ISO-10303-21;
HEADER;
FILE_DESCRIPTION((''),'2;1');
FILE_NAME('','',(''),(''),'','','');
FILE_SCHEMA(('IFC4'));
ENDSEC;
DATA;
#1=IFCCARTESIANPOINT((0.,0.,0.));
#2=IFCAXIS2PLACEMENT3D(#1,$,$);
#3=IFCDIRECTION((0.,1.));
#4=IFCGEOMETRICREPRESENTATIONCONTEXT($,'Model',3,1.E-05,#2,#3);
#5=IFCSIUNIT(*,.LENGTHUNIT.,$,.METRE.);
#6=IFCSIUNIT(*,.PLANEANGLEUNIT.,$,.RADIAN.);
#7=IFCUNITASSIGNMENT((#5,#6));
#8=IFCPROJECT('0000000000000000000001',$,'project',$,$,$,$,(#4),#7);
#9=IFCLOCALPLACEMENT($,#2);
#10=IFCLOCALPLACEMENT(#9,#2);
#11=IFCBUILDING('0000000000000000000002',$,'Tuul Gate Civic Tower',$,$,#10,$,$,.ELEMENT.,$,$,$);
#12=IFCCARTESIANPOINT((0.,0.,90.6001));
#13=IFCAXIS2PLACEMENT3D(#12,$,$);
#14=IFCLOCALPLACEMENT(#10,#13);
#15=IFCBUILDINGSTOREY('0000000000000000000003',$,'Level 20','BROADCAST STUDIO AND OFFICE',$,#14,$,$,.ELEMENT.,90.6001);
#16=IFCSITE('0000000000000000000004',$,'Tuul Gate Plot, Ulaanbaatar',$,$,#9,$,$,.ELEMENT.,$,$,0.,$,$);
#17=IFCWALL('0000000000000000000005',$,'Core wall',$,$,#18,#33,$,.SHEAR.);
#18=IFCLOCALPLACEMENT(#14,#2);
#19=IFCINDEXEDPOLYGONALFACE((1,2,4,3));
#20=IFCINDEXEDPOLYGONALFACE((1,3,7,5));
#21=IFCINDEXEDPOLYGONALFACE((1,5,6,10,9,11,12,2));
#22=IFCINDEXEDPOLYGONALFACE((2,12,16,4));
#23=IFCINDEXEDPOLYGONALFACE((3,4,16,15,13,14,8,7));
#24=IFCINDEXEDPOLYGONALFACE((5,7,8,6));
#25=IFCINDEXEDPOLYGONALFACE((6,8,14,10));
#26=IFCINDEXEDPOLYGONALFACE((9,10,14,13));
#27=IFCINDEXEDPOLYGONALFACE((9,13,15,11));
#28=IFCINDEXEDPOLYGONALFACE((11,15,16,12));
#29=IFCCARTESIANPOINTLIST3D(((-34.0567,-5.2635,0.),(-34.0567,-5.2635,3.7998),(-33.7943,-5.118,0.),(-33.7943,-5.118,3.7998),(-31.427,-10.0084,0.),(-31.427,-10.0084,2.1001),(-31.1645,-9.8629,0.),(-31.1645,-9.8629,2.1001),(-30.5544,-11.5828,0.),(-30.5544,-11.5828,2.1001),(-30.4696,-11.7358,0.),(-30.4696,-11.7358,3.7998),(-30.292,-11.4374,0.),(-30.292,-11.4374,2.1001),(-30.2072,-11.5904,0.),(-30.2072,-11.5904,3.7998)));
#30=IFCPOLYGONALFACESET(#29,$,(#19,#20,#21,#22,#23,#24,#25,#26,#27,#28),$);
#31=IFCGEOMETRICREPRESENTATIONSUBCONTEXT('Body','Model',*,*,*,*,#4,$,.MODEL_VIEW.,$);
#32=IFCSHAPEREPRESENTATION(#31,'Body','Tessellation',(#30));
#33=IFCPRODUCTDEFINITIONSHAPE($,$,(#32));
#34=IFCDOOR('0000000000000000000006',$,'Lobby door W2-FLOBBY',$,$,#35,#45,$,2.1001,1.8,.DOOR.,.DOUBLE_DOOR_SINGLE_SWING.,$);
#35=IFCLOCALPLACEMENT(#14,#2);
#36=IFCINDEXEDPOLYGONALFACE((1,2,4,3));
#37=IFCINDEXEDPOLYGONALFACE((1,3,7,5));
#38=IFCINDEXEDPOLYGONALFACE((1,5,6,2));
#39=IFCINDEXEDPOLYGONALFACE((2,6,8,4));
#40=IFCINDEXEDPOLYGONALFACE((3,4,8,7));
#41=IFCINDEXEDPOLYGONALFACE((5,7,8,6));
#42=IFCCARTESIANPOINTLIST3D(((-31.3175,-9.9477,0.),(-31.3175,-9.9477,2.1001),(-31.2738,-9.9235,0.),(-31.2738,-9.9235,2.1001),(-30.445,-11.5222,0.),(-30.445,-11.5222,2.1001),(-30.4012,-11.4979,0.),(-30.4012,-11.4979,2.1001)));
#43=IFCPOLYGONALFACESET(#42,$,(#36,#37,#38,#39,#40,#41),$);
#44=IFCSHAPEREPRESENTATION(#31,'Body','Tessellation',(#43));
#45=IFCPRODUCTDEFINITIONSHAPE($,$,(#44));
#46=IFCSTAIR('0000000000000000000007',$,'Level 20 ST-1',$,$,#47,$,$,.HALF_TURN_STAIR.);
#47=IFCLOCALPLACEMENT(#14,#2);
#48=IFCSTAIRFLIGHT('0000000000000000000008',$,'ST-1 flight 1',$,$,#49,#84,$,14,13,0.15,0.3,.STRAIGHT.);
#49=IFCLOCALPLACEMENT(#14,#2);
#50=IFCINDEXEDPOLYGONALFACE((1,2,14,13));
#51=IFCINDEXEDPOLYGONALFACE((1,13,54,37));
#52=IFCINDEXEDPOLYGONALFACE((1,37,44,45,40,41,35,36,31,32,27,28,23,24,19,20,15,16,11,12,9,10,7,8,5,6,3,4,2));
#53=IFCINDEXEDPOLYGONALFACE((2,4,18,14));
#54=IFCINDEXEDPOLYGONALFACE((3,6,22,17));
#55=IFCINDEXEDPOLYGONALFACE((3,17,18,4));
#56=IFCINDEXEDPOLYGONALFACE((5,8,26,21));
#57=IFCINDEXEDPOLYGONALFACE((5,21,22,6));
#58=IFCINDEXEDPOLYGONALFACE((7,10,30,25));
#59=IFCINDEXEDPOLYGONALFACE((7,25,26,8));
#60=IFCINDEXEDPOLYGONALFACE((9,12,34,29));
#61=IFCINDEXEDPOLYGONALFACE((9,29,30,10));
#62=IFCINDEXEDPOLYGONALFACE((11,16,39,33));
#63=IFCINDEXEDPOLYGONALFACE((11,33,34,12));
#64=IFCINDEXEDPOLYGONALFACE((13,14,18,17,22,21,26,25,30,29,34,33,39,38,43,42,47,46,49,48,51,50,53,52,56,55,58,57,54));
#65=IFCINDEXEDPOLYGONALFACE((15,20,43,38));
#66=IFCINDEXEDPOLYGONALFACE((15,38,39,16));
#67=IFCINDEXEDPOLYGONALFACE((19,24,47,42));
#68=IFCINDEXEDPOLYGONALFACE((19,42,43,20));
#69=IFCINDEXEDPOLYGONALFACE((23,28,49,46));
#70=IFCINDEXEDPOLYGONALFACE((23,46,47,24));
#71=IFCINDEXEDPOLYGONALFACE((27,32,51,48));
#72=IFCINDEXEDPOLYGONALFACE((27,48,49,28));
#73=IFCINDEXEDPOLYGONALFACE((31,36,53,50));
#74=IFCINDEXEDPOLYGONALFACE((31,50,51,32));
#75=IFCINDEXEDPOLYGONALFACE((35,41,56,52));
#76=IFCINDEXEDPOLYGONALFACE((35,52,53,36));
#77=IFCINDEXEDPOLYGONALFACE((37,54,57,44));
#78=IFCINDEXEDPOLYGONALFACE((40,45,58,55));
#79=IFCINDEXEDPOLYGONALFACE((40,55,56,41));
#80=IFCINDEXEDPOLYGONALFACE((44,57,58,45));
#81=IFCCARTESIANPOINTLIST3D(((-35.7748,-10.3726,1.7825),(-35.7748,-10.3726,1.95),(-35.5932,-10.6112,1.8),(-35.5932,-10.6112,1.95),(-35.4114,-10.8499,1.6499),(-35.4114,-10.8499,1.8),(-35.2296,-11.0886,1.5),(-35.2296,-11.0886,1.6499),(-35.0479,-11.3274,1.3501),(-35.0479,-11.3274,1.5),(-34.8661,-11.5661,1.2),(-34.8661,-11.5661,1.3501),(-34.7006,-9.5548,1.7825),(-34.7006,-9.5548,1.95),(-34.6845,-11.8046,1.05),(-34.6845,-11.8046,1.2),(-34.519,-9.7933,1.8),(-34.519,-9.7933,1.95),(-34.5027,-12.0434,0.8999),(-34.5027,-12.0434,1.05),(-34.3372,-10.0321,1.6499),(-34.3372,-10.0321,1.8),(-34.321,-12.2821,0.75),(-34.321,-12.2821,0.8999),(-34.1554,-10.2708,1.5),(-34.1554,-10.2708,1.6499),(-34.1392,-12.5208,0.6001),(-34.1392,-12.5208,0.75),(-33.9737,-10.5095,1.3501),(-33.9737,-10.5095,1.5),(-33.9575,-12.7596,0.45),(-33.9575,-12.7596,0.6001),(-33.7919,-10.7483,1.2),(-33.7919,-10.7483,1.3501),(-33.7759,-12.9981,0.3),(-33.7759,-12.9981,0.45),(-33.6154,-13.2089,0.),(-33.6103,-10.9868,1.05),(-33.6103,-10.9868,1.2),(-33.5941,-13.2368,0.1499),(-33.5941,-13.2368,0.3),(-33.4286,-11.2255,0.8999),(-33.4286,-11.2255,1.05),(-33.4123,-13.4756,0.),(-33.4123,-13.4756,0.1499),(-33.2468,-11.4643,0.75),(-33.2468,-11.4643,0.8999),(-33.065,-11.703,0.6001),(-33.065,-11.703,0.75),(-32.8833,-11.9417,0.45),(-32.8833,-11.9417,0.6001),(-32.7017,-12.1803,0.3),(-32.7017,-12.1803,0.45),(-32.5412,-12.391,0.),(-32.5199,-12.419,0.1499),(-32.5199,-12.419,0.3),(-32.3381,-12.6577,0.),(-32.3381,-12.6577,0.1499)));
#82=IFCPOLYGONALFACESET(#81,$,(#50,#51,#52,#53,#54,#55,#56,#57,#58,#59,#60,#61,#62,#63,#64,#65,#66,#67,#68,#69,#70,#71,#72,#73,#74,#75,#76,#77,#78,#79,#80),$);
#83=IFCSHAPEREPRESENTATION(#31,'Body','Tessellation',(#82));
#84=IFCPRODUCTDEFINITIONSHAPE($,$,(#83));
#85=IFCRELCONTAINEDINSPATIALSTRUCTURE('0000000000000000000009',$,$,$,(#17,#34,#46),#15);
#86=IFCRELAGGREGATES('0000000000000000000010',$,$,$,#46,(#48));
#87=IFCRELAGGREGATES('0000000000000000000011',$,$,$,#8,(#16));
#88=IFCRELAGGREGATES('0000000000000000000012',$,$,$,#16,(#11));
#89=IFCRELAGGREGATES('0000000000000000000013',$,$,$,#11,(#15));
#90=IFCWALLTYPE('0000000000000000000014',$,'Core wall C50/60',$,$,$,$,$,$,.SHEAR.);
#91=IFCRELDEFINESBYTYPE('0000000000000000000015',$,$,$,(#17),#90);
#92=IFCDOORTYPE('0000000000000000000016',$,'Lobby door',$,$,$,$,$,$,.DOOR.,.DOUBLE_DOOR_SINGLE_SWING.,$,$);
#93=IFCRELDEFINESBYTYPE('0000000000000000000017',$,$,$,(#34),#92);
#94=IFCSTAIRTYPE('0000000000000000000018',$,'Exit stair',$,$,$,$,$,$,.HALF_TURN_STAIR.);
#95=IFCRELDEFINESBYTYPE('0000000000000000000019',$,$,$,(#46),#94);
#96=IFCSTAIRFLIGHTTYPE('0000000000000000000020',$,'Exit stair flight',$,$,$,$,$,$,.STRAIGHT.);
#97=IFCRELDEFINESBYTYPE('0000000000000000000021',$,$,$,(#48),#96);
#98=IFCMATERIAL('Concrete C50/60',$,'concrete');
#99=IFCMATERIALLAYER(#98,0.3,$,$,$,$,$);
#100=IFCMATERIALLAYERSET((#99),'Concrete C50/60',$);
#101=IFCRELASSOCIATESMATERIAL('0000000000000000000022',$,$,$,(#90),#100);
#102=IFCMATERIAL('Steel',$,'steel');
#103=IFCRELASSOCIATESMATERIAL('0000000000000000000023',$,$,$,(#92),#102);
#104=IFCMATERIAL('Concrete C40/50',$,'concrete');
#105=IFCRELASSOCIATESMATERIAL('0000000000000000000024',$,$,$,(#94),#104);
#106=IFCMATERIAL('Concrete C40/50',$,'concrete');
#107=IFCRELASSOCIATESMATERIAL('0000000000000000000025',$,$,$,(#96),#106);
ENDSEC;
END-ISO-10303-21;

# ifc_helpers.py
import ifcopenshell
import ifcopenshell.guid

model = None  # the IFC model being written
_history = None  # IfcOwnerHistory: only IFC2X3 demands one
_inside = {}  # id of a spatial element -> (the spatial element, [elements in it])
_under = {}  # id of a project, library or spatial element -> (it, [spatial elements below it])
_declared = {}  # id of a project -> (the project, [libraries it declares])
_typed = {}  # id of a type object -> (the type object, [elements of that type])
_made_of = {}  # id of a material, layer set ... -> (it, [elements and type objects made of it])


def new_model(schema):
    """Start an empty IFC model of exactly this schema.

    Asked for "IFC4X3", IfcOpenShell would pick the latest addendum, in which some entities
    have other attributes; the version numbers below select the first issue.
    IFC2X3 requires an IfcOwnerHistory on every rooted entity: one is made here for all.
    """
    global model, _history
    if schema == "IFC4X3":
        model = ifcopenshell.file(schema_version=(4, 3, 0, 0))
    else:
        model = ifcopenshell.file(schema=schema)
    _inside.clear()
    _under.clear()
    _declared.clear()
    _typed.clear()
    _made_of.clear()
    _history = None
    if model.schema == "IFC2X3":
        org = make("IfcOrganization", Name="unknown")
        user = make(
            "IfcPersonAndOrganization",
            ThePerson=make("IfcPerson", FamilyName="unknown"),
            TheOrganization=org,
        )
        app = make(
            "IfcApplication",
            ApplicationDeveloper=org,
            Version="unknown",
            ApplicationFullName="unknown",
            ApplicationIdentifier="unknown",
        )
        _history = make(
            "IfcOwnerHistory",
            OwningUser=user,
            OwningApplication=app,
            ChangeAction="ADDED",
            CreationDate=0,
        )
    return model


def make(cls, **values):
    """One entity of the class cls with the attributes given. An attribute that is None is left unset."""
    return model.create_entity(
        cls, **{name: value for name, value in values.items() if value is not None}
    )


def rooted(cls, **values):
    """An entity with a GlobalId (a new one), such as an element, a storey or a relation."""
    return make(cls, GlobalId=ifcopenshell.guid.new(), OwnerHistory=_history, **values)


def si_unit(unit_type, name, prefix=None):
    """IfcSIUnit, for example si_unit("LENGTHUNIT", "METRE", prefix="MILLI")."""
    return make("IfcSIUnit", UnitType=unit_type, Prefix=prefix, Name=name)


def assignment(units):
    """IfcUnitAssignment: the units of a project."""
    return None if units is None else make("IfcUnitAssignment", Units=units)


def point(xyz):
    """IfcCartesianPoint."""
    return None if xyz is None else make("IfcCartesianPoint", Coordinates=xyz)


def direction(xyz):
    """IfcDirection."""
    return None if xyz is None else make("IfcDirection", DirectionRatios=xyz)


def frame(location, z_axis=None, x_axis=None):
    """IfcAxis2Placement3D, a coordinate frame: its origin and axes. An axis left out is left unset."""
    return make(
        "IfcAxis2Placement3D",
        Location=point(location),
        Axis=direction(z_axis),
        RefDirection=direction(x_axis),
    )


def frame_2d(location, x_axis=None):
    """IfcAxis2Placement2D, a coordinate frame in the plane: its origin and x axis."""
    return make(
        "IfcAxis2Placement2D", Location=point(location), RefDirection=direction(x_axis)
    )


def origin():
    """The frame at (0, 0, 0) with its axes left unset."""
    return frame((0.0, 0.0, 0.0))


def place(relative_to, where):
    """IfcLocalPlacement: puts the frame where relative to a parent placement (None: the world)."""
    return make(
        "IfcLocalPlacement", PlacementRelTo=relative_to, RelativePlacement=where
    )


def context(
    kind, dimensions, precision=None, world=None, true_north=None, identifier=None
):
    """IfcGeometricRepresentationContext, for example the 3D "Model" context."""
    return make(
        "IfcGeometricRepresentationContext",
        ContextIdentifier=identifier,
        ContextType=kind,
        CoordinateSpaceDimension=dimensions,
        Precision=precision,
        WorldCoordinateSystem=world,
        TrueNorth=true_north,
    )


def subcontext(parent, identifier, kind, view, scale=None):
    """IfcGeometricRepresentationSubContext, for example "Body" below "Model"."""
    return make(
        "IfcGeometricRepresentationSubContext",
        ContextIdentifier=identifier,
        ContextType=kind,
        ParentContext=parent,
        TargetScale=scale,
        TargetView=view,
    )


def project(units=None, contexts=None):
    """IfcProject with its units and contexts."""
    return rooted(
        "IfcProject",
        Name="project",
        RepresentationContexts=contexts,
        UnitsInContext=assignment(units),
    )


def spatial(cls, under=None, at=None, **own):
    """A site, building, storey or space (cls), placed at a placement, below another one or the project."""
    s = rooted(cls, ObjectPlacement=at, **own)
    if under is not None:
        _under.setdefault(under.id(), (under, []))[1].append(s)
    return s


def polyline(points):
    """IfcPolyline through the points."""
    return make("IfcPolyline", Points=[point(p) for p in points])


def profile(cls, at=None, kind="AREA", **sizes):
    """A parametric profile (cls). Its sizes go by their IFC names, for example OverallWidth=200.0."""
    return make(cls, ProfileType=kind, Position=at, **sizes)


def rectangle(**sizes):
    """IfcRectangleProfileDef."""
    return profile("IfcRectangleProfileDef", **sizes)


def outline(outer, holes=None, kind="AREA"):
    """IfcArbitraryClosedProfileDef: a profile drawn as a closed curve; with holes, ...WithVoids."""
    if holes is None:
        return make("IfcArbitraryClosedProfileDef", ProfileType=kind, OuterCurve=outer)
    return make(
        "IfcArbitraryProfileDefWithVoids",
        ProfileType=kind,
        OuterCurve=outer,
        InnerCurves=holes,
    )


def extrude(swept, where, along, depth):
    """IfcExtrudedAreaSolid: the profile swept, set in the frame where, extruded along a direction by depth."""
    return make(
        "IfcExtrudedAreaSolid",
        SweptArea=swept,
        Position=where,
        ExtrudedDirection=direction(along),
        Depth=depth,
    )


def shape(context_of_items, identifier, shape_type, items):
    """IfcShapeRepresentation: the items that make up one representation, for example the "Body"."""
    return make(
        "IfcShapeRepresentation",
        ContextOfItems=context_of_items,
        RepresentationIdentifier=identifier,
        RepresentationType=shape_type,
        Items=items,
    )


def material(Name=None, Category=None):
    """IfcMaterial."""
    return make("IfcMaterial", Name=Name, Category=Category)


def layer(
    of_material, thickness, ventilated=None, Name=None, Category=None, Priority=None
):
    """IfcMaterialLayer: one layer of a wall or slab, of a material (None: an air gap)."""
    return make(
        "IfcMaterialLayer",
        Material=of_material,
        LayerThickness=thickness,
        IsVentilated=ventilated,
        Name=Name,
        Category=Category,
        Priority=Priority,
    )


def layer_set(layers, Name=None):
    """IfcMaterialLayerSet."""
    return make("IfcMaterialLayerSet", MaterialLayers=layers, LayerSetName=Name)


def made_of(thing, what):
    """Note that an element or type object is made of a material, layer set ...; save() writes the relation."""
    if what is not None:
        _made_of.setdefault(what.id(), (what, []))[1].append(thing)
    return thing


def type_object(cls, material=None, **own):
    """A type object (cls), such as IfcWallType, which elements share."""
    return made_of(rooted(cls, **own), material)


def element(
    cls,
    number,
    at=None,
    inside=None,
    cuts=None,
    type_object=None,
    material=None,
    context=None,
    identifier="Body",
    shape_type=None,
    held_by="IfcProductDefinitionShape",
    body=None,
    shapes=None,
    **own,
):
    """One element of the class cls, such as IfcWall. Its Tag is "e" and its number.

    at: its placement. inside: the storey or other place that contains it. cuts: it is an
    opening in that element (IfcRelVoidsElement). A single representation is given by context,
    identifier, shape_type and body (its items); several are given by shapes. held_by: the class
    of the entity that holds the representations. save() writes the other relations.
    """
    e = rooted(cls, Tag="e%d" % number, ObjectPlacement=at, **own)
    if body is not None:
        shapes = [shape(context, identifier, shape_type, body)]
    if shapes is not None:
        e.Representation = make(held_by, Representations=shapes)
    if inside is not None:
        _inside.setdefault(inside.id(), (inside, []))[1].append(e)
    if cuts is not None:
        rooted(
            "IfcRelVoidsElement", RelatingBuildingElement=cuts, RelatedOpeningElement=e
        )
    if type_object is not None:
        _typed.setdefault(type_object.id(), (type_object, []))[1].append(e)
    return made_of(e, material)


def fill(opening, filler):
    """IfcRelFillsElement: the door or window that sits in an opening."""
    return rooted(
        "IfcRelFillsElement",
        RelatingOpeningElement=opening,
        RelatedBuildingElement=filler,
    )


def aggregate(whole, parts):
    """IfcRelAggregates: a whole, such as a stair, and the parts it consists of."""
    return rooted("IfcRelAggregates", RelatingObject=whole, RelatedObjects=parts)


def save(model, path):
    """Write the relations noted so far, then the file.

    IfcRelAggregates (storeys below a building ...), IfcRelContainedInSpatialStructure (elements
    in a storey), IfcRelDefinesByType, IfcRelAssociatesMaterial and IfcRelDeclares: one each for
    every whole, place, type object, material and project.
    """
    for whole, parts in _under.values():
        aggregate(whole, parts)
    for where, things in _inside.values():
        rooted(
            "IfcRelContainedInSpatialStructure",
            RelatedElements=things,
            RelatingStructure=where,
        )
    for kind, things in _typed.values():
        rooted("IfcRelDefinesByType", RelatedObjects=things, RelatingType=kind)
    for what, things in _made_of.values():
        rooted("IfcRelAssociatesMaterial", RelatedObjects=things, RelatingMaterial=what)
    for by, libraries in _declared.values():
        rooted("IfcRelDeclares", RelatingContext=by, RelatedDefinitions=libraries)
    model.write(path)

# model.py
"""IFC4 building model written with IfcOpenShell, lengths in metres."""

from ifc_helpers import new_model, si_unit, direction, frame, frame_2d, origin, place, context, subcontext, project, spatial, polyline, rectangle, outline, extrude, material, layer, layer_set, type_object, element, fill, aggregate, save


model = new_model("IFC4")

# Units and contexts
model_context = context("Model", 3, precision=1e-05, world=origin(), true_north=direction((0.0, 1.0)))
body_context = subcontext(model_context, "Body", "Model", "MODEL_VIEW")
ifc_project = project(units=[si_unit("LENGTHUNIT", "METRE"), si_unit("PLANEANGLEUNIT", "RADIAN")], contexts=[model_context])

# Site, building, storey
site_placement = place(None, origin())
site = spatial("IfcSite", under=ifc_project, at=site_placement, Name="Tuul Gate Plot, Ulaanbaatar", CompositionType="ELEMENT", RefElevation=0.0)
building_placement = place(site_placement, origin())
building = spatial("IfcBuilding", under=site, at=building_placement, Name="Tuul Gate Civic Tower", CompositionType="ELEMENT")
storey_placement = place(building_placement, frame((0.0, 0.0, 90.6001)))
storey = spatial("IfcBuildingStorey", under=building, at=storey_placement, Name="Level 20", Description="BROADCAST STUDIO AND OFFICE", CompositionType="ELEMENT", Elevation=90.6001)

# Shared definitions
ifc_material_1 = material(Name="Concrete C50/60", Category="concrete")
ifc_layer = layer(ifc_material_1, 0.3)
ifc_layer_set = layer_set([ifc_layer], Name="Concrete C50/60")
wall_type = type_object("IfcWallType", Name="Core wall C50/60", PredefinedType="SHEAR", material=ifc_layer_set)
ifc_material_2 = material(Name="Steel", Category="steel")
door_type_1 = type_object("IfcDoorType", Name="Lobby door", OperationType="DOUBLE_DOOR_SINGLE_SWING", PredefinedType="DOOR", material=ifc_material_2)

# Wall, opening, door
wall_1_placement = place(storey_placement, frame((-30.3384, -11.6631, 0.0), z_axis=(0.0, 0.0, 1.0), x_axis=(-0.484752, 0.874652, 0.0)))
wall_1 = element("IfcWall", 1, at=wall_1_placement, inside=storey, type_object=wall_type, Name="Core wall", PredefinedType="SHEAR", context=body_context, shape_type="SweptSolid", body=[
    extrude(rectangle(XDim=7.3999, YDim=0.3, at=frame_2d((3.7, 0.0))), origin(), (0.0, 0.0, 1.0), 3.7998),
])
opening_1_placement = place(wall_1_placement, frame((0.175, 0.0, 0.0)))
opening_1 = element("IfcOpeningElement", 2, at=opening_1_placement, cuts=wall_1, PredefinedType="OPENING", context=body_context, shape_type="SweptSolid", body=[
    extrude(rectangle(XDim=1.8, YDim=2.1001, at=frame_2d((0.8999, 1.05))), frame((0.0, 0.1602, 0.0), z_axis=(0.0, -1.0, 0.0), x_axis=(1.0, 0.0, 0.0)), (0.0, 0.0, 1.0), 0.3201),
])
door_1_placement = place(opening_1_placement, origin())
door_1 = element("IfcDoor", 3, at=door_1_placement, inside=storey, type_object=door_type_1, Name="Lobby door W2-FLOBBY", OperationType="DOUBLE_DOOR_SINGLE_SWING", OverallHeight=2.1001, OverallWidth=1.8, PredefinedType="DOOR", context=body_context, shape_type="SweptSolid", body=[
    extrude(rectangle(XDim=1.8, YDim=2.1001, at=frame_2d((0.8999, 1.05))), frame((0.0, 0.0249, 0.0), z_axis=(0.0, -1.0, 0.0), x_axis=(1.0, 0.0, 0.0)), (0.0, 0.0, 1.0), 0.05),
])
fill(opening_1, door_1)

# Stair, stair flight
ifc_material_3 = material(Name="Concrete C40/50", Category="concrete")
stair_type = type_object("IfcStairType", Name="Exit stair", PredefinedType="HALF_TURN_STAIR", material=ifc_material_3)
stair_placement = place(storey_placement, origin())
stair = element("IfcStair", 4, at=stair_placement, inside=storey, type_object=stair_type, Name="Level 20 ST-1", PredefinedType="HALF_TURN_STAIR")
ifc_material_4 = material(Name="Concrete C40/50", Category="concrete")
stair_flight_type = type_object("IfcStairFlightType", Name="Exit stair flight", PredefinedType="STRAIGHT", material=ifc_material_4)
stair_flight_placement = place(storey_placement, frame((-32.8752, -13.0667, 0.0), z_axis=(0.0, 0.0, 1.0), x_axis=(-0.605764, 0.795644, 0.0)))
stair_flight = element("IfcStairFlight", 5, at=stair_flight_placement, type_object=stair_flight_type, Name="ST-1 flight 1", NumberOfRisers=14, NumberOfTreads=13, PredefinedType="STRAIGHT", RiserHeight=0.15, TreadLength=0.3, context=body_context, shape_type="SweptSolid", body=[
    extrude(outline(polyline([(0.0, 0.0), (0.0, 0.1499), (0.3, 0.1499), (0.3, 0.3), (0.6001, 0.3), (0.6001, 0.45), (0.8999, 0.45), (0.8999, 0.6001), (1.2, 0.6001), (1.2, 0.75), (1.5, 0.75), (1.5, 0.8999), (1.8, 0.8999), (1.8, 1.05), (2.1001, 1.05), (2.1001, 1.2), (2.3999, 1.2), (2.3999, 1.3501), (2.7, 1.3501), (2.7, 1.5), (3.0, 1.5), (3.0, 1.6499), (3.3, 1.6499), (3.3, 1.8), (3.6001, 1.8), (3.6001, 1.95), (3.8999, 1.95), (3.8999, 2.1001), (3.8999, 1.7825), (0.3352, 0.0), (0.0, 0.0)])), frame((0.0, 0.675, 0.0), z_axis=(0.0, -1.0, 0.0), x_axis=(1.0, 0.0, 0.0)), (0.0, 0.0, 1.0), 1.3501),
])
aggregate(stair, [stair_flight])

save(model, "model.ifc")
